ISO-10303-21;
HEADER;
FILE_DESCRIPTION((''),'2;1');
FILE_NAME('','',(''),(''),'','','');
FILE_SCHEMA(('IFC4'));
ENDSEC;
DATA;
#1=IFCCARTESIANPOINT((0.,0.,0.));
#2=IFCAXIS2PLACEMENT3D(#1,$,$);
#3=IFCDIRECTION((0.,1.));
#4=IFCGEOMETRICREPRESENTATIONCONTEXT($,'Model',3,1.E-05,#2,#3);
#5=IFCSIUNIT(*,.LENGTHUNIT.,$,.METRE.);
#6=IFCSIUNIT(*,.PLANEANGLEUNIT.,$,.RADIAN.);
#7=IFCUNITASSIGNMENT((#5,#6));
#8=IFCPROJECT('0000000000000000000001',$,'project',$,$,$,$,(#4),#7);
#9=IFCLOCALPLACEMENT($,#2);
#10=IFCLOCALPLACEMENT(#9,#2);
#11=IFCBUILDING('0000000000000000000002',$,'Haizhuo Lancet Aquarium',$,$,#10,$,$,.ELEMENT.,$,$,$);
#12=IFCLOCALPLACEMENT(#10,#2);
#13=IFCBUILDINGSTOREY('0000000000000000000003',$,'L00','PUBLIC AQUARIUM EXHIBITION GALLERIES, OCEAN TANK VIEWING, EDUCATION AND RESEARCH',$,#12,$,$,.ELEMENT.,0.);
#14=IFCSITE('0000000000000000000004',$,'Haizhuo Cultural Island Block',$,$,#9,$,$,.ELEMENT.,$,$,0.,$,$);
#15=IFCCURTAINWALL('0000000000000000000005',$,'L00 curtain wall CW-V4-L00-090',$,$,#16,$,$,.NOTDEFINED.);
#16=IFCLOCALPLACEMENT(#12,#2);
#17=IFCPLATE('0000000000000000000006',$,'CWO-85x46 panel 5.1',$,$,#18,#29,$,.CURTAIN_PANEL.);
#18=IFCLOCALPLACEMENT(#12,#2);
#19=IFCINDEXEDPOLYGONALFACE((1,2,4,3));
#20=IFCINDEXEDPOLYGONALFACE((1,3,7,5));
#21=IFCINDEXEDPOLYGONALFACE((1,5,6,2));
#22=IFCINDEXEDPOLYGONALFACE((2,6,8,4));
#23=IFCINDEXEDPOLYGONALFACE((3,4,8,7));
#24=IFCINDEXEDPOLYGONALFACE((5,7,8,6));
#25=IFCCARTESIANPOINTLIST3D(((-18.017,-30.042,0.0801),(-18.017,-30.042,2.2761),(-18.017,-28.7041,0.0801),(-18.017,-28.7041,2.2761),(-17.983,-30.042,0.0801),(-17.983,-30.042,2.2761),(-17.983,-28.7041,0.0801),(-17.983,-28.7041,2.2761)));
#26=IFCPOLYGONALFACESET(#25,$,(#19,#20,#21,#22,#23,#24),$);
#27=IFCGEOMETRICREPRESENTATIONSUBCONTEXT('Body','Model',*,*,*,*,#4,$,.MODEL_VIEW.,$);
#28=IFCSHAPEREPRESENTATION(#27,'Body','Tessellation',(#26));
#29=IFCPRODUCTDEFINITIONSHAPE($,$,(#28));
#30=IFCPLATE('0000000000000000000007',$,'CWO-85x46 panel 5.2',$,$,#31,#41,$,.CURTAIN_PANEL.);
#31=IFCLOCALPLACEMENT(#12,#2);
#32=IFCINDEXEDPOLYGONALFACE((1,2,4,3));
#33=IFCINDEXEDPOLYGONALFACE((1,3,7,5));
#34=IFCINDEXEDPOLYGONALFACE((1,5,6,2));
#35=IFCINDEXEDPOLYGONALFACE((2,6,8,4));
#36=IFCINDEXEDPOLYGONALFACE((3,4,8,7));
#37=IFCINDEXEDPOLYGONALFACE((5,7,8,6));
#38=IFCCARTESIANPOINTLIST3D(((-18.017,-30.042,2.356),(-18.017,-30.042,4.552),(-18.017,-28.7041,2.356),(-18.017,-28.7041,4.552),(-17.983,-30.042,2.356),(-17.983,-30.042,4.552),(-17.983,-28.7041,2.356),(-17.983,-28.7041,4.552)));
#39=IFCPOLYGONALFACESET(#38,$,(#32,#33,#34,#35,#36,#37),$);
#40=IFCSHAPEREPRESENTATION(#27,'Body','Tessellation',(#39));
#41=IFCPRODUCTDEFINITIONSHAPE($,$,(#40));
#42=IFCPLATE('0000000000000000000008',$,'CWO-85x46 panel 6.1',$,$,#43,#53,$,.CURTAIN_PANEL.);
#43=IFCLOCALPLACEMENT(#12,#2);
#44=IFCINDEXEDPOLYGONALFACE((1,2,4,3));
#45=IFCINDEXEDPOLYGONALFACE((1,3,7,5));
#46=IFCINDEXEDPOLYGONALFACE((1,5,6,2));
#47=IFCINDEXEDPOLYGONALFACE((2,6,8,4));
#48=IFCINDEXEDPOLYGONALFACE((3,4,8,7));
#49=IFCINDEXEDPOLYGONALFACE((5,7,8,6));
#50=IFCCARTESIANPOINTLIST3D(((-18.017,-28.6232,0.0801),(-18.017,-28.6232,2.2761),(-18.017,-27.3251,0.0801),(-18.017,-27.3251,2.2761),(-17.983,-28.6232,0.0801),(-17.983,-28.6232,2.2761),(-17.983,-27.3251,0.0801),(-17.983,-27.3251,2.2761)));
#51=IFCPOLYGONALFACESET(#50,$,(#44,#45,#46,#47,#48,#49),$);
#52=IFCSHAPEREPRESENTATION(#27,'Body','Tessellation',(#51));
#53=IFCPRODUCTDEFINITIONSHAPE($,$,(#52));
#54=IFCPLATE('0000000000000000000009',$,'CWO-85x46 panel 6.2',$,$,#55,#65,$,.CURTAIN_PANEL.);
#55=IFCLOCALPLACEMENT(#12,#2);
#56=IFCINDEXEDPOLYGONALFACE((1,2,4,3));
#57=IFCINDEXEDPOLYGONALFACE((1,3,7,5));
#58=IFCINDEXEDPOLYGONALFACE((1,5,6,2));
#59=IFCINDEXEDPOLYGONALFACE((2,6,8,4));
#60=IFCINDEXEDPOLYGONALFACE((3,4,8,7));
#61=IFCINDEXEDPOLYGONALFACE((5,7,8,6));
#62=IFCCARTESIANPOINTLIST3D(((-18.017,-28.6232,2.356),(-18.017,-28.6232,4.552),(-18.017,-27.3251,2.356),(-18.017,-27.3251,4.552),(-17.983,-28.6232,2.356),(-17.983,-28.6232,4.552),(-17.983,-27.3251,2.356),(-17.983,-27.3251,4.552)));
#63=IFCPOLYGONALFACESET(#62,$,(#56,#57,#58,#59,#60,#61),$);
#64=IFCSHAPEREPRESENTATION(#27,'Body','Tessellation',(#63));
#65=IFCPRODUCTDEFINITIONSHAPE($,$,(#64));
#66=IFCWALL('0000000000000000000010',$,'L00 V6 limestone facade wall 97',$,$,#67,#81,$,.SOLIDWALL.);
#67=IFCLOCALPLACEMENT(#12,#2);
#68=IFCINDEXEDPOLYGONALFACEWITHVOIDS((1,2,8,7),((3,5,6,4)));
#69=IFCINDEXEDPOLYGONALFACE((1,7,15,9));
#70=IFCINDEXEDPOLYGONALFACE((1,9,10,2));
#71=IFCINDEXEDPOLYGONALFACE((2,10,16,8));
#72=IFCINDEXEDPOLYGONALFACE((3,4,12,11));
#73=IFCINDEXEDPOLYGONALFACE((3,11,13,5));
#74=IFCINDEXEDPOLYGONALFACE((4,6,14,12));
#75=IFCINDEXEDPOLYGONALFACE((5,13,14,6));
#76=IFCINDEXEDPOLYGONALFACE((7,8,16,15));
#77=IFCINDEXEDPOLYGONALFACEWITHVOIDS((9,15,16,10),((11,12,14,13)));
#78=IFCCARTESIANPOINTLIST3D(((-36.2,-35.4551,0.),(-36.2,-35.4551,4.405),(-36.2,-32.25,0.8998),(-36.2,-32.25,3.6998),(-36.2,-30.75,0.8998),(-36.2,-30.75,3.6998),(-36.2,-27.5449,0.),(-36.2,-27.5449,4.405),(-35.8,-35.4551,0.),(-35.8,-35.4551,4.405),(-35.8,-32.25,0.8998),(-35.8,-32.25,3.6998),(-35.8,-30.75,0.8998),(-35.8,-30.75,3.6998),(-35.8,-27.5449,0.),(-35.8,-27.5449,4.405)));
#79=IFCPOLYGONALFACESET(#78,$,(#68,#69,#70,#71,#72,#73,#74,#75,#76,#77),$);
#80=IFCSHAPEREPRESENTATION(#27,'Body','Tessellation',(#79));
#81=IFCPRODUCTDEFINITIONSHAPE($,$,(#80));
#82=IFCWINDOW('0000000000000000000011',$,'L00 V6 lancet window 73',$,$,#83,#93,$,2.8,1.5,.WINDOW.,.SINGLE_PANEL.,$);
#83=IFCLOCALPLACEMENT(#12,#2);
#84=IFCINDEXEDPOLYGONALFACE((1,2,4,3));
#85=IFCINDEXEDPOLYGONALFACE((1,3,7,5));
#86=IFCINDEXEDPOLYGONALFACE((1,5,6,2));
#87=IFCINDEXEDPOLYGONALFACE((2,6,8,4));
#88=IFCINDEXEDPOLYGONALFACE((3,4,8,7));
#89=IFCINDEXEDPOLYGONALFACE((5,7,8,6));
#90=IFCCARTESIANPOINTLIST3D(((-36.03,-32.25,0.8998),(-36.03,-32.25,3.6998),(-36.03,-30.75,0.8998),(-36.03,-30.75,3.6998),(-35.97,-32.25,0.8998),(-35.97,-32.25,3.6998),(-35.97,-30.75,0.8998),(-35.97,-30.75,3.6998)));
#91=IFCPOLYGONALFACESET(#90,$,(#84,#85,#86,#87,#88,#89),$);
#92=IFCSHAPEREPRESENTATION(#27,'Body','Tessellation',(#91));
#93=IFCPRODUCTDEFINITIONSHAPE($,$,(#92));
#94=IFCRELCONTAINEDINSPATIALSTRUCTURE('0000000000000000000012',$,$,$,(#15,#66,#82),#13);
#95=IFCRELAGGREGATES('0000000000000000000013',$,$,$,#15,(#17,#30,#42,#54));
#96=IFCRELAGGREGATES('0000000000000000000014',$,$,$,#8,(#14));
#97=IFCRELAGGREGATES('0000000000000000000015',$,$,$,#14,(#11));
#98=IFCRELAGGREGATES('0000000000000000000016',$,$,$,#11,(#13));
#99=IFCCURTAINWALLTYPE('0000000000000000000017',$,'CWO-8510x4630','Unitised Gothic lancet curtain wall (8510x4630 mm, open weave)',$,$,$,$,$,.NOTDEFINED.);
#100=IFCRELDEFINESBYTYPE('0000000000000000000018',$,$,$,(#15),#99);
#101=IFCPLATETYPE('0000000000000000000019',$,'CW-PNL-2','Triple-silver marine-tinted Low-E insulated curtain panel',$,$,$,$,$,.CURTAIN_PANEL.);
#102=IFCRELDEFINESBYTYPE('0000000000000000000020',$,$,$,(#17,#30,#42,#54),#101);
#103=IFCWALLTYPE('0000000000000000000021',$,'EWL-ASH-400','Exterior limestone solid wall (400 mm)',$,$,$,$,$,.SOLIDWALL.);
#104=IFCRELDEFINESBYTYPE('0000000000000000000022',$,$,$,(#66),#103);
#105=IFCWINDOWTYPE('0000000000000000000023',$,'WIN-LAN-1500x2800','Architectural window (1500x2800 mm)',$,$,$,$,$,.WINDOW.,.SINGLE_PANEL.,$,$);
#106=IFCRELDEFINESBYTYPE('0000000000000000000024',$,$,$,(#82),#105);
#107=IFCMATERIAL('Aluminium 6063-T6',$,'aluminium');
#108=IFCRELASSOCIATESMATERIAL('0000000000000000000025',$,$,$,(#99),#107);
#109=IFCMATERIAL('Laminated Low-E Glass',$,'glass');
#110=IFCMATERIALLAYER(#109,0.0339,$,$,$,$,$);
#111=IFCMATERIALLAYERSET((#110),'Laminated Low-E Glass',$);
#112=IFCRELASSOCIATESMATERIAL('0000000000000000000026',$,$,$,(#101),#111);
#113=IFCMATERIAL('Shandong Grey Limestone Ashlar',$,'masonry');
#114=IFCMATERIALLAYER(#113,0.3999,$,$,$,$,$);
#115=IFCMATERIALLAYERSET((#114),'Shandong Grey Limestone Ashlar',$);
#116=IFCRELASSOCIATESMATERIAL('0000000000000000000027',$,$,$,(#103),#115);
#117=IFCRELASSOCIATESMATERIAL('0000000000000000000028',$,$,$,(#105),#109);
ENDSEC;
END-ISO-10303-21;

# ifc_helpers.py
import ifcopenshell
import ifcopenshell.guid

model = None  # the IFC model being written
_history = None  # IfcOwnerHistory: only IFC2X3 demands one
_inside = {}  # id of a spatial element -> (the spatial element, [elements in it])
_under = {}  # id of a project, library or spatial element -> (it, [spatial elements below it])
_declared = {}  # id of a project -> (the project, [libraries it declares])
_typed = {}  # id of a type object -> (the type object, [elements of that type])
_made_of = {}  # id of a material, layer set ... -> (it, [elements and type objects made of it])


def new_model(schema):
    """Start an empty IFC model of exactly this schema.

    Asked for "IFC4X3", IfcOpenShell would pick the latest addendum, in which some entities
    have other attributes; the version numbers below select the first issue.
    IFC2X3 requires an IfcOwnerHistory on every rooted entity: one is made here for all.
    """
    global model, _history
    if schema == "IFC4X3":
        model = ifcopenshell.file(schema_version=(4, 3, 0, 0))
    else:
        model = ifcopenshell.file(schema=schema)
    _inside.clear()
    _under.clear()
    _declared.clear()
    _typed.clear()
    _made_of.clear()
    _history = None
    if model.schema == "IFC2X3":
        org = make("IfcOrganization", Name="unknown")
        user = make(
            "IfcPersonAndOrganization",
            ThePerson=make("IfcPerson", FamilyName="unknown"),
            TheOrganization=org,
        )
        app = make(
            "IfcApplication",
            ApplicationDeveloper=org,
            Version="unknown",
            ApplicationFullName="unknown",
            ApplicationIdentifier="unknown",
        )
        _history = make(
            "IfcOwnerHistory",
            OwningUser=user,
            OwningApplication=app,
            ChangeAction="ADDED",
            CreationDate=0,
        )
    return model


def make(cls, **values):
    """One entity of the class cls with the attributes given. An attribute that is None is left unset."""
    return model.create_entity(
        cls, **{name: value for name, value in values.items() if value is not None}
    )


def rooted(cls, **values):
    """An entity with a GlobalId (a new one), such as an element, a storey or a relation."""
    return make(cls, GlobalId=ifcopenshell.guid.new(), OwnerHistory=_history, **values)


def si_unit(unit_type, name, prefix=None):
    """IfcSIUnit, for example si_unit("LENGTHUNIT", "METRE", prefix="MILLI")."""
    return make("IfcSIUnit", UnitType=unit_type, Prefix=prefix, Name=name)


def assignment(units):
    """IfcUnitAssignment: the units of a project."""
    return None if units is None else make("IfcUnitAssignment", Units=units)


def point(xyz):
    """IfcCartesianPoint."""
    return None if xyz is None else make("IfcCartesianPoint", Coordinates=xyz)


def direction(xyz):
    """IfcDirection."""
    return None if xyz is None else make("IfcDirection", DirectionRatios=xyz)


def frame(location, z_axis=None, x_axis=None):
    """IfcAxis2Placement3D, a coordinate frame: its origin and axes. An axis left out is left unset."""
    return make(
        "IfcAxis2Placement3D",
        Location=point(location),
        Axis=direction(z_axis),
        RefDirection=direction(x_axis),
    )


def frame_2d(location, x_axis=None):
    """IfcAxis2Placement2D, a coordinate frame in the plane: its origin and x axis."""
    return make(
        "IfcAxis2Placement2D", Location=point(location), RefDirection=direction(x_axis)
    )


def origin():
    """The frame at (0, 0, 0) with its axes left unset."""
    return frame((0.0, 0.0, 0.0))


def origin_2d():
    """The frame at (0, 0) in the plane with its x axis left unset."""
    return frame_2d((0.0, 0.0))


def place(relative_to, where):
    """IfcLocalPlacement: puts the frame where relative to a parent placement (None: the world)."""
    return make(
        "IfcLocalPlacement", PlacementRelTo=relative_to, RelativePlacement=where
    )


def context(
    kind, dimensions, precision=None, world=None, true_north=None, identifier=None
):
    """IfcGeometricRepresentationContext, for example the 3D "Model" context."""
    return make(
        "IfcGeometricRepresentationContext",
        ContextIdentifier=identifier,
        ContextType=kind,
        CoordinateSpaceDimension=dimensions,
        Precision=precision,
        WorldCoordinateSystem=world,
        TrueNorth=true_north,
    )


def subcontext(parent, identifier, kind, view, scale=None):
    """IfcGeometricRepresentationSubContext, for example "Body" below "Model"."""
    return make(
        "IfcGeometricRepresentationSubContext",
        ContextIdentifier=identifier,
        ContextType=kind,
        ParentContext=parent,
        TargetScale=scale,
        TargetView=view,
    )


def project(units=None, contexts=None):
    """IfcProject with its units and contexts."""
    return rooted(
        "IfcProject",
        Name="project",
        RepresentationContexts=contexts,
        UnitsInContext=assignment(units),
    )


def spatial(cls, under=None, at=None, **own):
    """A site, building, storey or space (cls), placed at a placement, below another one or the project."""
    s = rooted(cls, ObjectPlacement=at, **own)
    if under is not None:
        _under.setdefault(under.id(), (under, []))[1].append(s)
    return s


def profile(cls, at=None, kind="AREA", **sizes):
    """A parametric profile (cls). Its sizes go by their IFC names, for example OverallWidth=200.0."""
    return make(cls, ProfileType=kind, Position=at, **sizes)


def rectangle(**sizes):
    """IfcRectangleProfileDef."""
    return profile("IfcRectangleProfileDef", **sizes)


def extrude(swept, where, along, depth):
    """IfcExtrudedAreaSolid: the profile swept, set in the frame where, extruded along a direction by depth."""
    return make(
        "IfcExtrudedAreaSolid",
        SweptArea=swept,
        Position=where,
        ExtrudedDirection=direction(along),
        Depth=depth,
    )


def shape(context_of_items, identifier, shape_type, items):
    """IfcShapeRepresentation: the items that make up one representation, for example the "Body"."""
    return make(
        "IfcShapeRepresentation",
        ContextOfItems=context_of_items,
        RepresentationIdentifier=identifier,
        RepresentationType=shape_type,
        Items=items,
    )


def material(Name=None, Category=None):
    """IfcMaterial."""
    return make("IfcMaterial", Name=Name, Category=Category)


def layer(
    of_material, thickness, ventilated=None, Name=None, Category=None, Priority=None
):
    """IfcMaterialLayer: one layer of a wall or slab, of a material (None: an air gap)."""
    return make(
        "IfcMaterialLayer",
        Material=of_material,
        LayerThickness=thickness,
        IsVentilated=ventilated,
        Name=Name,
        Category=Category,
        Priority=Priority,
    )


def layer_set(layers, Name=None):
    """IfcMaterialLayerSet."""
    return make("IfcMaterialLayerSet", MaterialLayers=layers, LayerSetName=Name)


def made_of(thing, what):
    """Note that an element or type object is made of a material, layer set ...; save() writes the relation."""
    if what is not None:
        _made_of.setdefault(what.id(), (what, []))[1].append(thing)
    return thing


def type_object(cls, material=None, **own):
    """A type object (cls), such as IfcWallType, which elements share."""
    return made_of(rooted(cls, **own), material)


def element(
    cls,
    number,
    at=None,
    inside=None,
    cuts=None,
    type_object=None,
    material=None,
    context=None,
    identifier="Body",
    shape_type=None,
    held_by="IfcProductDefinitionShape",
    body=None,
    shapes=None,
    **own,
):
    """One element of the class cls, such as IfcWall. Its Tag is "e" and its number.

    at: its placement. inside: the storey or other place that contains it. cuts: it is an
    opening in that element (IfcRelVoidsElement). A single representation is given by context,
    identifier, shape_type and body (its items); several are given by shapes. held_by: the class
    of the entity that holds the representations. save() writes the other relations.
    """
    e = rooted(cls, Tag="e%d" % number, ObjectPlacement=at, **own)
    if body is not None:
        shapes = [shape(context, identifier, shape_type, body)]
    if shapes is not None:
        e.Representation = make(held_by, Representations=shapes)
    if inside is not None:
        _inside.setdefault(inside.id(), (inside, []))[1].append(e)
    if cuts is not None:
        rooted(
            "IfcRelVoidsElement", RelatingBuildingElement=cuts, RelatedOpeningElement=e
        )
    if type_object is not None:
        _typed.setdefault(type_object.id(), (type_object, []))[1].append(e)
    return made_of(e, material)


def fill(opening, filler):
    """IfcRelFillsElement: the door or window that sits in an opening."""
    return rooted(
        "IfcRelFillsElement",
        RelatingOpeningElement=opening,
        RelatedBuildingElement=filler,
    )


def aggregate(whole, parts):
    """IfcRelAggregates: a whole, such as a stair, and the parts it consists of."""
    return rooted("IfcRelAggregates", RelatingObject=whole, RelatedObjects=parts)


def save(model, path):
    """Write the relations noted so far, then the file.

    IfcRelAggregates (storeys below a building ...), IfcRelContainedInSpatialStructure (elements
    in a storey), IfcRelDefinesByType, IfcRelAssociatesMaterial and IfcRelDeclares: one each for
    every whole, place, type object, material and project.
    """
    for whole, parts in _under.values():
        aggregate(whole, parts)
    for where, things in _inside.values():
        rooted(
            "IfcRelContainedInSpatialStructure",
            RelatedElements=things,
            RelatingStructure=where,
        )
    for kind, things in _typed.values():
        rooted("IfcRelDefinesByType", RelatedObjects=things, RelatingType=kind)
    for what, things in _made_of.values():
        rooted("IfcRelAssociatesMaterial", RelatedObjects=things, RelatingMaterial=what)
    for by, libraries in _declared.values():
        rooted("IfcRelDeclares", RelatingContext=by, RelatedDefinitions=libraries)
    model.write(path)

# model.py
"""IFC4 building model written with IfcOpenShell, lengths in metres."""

from ifc_helpers import new_model, si_unit, direction, frame, frame_2d, origin, origin_2d, place, context, subcontext, project, spatial, rectangle, extrude, material, layer, layer_set, type_object, element, fill, aggregate, save


model = new_model("IFC4")

# Units and contexts
model_context = context("Model", 3, precision=1e-05, world=origin(), true_north=direction((0.0, 1.0)))
body_context = subcontext(model_context, "Body", "Model", "MODEL_VIEW")
ifc_project = project(units=[si_unit("LENGTHUNIT", "METRE"), si_unit("PLANEANGLEUNIT", "RADIAN")], contexts=[model_context])

# Site, building, storey
site_placement = place(None, origin())
site = spatial("IfcSite", under=ifc_project, at=site_placement, Name="Haizhuo Cultural Island Block", CompositionType="ELEMENT", RefElevation=0.0)
building_placement = place(site_placement, origin())
building = spatial("IfcBuilding", under=site, at=building_placement, Name="Haizhuo Lancet Aquarium", CompositionType="ELEMENT")
storey_placement = place(building_placement, origin())
storey = spatial("IfcBuildingStorey", under=building, at=storey_placement, Name="L00", Description="PUBLIC AQUARIUM EXHIBITION GALLERIES, OCEAN TANK VIEWING, EDUCATION AND RESEARCH", CompositionType="ELEMENT", Elevation=0.0)

# Curtain wall, plates
ifc_material_1 = material(Name="Aluminium 6063-T6", Category="aluminium")
curtain_wall_type = type_object("IfcCurtainWallType", Name="CWO-8510x4630", Description="Unitised Gothic lancet curtain wall (8510x4630 mm, open weave)", PredefinedType="NOTDEFINED", material=ifc_material_1)
curtain_wall_placement = place(storey_placement, origin())
curtain_wall = element("IfcCurtainWall", 1, at=curtain_wall_placement, inside=storey, type_object=curtain_wall_type, Name="L00 curtain wall CW-V4-L00-090", PredefinedType="NOTDEFINED")
ifc_material_2 = material(Name="Laminated Low-E Glass", Category="glass")
ifc_layer_1 = layer(ifc_material_2, 0.0339)
ifc_layer_set_1 = layer_set([ifc_layer_1], Name="Laminated Low-E Glass")
plate_type = type_object("IfcPlateType", Name="CW-PNL-2", Description="Triple-silver marine-tinted Low-E insulated curtain panel", PredefinedType="CURTAIN_PANEL", material=ifc_layer_set_1)
plate_1_placement = place(storey_placement, frame((-18.0, -29.373, 0.0801), z_axis=(0.0, 0.0, 1.0), x_axis=(0.0, 1.0, 0.0)))
plate_1 = element("IfcPlate", 2, at=plate_1_placement, type_object=plate_type, Name="CWO-85x46 panel 5.1", PredefinedType="CURTAIN_PANEL", context=body_context, shape_type="SweptSolid", body=[
    extrude(rectangle(XDim=1.3379, YDim=0.0339, at=origin_2d()), origin(), (0.0, 0.0, 1.0), 2.196),
])
plate_2_placement = place(storey_placement, frame((-18.0, -29.373, 2.356), z_axis=(0.0, 0.0, 1.0), x_axis=(0.0, 1.0, 0.0)))
plate_2 = element("IfcPlate", 3, at=plate_2_placement, type_object=plate_type, Name="CWO-85x46 panel 5.2", PredefinedType="CURTAIN_PANEL", context=body_context, shape_type="SweptSolid", body=[
    extrude(rectangle(XDim=1.3379, YDim=0.0339, at=origin_2d()), origin(), (0.0, 0.0, 1.0), 2.196),
])
plate_3_placement = place(storey_placement, frame((-18.0, -27.9741, 0.0801), z_axis=(0.0, 0.0, 1.0), x_axis=(0.0, 1.0, 0.0)))
plate_3 = element("IfcPlate", 4, at=plate_3_placement, type_object=plate_type, Name="CWO-85x46 panel 6.1", PredefinedType="CURTAIN_PANEL", context=body_context, shape_type="SweptSolid", body=[
    extrude(rectangle(XDim=1.2981, YDim=0.0339, at=origin_2d()), origin(), (0.0, 0.0, 1.0), 2.196),
])
plate_4_placement = place(storey_placement, frame((-18.0, -27.9741, 2.356), z_axis=(0.0, 0.0, 1.0), x_axis=(0.0, 1.0, 0.0)))
plate_4 = element("IfcPlate", 5, at=plate_4_placement, type_object=plate_type, Name="CWO-85x46 panel 6.2", PredefinedType="CURTAIN_PANEL", context=body_context, shape_type="SweptSolid", body=[
    extrude(rectangle(XDim=1.2981, YDim=0.0339, at=origin_2d()), origin(), (0.0, 0.0, 1.0), 2.196),
])
aggregate(curtain_wall, [plate_1, plate_2, plate_3, plate_4])

# Wall, opening, window
ifc_material_3 = material(Name="Shandong Grey Limestone Ashlar", Category="masonry")
ifc_layer_2 = layer(ifc_material_3, 0.3999)
ifc_layer_set_2 = layer_set([ifc_layer_2], Name="Shandong Grey Limestone Ashlar")
wall_type = type_object("IfcWallType", Name="EWL-ASH-400", Description="Exterior limestone solid wall (400 mm)", PredefinedType="SOLIDWALL", material=ifc_layer_set_2)
wall_placement = place(storey_placement, frame((-36.0, -27.5449, 0.0), z_axis=(0.0, 0.0, 1.0), x_axis=(0.0, -1.0, 0.0)))
wall = element("IfcWall", 6, at=wall_placement, inside=storey, type_object=wall_type, Name="L00 V6 limestone facade wall 97", PredefinedType="SOLIDWALL", context=body_context, shape_type="SweptSolid", body=[
    extrude(rectangle(XDim=7.9102, YDim=0.3999, at=frame_2d((3.9551, 0.0))), origin(), (0.0, 0.0, 1.0), 4.405),
])
opening_placement = place(wall_placement, frame((3.2051, 0.0, 0.8999)))
opening = element("IfcOpeningElement", 7, at=opening_placement, cuts=wall, PredefinedType="OPENING", context=body_context, shape_type="SweptSolid", body=[
    extrude(rectangle(XDim=1.5, YDim=2.8, at=frame_2d((0.75, 1.3999))), frame((0.0, 0.21, 0.0), z_axis=(0.0, -1.0, 0.0), x_axis=(1.0, 0.0, 0.0)), (0.0, 0.0, 1.0), 0.4199),
])
window_type = type_object("IfcWindowType", Name="WIN-LAN-1500x2800", Description="Architectural window (1500x2800 mm)", PartitioningType="SINGLE_PANEL", PredefinedType="WINDOW", material=ifc_material_2)
window_placement = place(opening_placement, origin())
window = element("IfcWindow", 8, at=window_placement, inside=storey, type_object=window_type, Name="L00 V6 lancet window 73", OverallHeight=2.8, OverallWidth=1.5, PartitioningType="SINGLE_PANEL", PredefinedType="WINDOW", context=body_context, shape_type="SweptSolid", body=[
    extrude(rectangle(XDim=1.5, YDim=2.8, at=frame_2d((0.75, 1.3999))), frame((0.0, 0.03, 0.0), z_axis=(0.0, -1.0, 0.0), x_axis=(1.0, 0.0, 0.0)), (0.0, 0.0, 1.0), 0.0601),
])
fill(opening, window)

save(model, "model.ifc")
